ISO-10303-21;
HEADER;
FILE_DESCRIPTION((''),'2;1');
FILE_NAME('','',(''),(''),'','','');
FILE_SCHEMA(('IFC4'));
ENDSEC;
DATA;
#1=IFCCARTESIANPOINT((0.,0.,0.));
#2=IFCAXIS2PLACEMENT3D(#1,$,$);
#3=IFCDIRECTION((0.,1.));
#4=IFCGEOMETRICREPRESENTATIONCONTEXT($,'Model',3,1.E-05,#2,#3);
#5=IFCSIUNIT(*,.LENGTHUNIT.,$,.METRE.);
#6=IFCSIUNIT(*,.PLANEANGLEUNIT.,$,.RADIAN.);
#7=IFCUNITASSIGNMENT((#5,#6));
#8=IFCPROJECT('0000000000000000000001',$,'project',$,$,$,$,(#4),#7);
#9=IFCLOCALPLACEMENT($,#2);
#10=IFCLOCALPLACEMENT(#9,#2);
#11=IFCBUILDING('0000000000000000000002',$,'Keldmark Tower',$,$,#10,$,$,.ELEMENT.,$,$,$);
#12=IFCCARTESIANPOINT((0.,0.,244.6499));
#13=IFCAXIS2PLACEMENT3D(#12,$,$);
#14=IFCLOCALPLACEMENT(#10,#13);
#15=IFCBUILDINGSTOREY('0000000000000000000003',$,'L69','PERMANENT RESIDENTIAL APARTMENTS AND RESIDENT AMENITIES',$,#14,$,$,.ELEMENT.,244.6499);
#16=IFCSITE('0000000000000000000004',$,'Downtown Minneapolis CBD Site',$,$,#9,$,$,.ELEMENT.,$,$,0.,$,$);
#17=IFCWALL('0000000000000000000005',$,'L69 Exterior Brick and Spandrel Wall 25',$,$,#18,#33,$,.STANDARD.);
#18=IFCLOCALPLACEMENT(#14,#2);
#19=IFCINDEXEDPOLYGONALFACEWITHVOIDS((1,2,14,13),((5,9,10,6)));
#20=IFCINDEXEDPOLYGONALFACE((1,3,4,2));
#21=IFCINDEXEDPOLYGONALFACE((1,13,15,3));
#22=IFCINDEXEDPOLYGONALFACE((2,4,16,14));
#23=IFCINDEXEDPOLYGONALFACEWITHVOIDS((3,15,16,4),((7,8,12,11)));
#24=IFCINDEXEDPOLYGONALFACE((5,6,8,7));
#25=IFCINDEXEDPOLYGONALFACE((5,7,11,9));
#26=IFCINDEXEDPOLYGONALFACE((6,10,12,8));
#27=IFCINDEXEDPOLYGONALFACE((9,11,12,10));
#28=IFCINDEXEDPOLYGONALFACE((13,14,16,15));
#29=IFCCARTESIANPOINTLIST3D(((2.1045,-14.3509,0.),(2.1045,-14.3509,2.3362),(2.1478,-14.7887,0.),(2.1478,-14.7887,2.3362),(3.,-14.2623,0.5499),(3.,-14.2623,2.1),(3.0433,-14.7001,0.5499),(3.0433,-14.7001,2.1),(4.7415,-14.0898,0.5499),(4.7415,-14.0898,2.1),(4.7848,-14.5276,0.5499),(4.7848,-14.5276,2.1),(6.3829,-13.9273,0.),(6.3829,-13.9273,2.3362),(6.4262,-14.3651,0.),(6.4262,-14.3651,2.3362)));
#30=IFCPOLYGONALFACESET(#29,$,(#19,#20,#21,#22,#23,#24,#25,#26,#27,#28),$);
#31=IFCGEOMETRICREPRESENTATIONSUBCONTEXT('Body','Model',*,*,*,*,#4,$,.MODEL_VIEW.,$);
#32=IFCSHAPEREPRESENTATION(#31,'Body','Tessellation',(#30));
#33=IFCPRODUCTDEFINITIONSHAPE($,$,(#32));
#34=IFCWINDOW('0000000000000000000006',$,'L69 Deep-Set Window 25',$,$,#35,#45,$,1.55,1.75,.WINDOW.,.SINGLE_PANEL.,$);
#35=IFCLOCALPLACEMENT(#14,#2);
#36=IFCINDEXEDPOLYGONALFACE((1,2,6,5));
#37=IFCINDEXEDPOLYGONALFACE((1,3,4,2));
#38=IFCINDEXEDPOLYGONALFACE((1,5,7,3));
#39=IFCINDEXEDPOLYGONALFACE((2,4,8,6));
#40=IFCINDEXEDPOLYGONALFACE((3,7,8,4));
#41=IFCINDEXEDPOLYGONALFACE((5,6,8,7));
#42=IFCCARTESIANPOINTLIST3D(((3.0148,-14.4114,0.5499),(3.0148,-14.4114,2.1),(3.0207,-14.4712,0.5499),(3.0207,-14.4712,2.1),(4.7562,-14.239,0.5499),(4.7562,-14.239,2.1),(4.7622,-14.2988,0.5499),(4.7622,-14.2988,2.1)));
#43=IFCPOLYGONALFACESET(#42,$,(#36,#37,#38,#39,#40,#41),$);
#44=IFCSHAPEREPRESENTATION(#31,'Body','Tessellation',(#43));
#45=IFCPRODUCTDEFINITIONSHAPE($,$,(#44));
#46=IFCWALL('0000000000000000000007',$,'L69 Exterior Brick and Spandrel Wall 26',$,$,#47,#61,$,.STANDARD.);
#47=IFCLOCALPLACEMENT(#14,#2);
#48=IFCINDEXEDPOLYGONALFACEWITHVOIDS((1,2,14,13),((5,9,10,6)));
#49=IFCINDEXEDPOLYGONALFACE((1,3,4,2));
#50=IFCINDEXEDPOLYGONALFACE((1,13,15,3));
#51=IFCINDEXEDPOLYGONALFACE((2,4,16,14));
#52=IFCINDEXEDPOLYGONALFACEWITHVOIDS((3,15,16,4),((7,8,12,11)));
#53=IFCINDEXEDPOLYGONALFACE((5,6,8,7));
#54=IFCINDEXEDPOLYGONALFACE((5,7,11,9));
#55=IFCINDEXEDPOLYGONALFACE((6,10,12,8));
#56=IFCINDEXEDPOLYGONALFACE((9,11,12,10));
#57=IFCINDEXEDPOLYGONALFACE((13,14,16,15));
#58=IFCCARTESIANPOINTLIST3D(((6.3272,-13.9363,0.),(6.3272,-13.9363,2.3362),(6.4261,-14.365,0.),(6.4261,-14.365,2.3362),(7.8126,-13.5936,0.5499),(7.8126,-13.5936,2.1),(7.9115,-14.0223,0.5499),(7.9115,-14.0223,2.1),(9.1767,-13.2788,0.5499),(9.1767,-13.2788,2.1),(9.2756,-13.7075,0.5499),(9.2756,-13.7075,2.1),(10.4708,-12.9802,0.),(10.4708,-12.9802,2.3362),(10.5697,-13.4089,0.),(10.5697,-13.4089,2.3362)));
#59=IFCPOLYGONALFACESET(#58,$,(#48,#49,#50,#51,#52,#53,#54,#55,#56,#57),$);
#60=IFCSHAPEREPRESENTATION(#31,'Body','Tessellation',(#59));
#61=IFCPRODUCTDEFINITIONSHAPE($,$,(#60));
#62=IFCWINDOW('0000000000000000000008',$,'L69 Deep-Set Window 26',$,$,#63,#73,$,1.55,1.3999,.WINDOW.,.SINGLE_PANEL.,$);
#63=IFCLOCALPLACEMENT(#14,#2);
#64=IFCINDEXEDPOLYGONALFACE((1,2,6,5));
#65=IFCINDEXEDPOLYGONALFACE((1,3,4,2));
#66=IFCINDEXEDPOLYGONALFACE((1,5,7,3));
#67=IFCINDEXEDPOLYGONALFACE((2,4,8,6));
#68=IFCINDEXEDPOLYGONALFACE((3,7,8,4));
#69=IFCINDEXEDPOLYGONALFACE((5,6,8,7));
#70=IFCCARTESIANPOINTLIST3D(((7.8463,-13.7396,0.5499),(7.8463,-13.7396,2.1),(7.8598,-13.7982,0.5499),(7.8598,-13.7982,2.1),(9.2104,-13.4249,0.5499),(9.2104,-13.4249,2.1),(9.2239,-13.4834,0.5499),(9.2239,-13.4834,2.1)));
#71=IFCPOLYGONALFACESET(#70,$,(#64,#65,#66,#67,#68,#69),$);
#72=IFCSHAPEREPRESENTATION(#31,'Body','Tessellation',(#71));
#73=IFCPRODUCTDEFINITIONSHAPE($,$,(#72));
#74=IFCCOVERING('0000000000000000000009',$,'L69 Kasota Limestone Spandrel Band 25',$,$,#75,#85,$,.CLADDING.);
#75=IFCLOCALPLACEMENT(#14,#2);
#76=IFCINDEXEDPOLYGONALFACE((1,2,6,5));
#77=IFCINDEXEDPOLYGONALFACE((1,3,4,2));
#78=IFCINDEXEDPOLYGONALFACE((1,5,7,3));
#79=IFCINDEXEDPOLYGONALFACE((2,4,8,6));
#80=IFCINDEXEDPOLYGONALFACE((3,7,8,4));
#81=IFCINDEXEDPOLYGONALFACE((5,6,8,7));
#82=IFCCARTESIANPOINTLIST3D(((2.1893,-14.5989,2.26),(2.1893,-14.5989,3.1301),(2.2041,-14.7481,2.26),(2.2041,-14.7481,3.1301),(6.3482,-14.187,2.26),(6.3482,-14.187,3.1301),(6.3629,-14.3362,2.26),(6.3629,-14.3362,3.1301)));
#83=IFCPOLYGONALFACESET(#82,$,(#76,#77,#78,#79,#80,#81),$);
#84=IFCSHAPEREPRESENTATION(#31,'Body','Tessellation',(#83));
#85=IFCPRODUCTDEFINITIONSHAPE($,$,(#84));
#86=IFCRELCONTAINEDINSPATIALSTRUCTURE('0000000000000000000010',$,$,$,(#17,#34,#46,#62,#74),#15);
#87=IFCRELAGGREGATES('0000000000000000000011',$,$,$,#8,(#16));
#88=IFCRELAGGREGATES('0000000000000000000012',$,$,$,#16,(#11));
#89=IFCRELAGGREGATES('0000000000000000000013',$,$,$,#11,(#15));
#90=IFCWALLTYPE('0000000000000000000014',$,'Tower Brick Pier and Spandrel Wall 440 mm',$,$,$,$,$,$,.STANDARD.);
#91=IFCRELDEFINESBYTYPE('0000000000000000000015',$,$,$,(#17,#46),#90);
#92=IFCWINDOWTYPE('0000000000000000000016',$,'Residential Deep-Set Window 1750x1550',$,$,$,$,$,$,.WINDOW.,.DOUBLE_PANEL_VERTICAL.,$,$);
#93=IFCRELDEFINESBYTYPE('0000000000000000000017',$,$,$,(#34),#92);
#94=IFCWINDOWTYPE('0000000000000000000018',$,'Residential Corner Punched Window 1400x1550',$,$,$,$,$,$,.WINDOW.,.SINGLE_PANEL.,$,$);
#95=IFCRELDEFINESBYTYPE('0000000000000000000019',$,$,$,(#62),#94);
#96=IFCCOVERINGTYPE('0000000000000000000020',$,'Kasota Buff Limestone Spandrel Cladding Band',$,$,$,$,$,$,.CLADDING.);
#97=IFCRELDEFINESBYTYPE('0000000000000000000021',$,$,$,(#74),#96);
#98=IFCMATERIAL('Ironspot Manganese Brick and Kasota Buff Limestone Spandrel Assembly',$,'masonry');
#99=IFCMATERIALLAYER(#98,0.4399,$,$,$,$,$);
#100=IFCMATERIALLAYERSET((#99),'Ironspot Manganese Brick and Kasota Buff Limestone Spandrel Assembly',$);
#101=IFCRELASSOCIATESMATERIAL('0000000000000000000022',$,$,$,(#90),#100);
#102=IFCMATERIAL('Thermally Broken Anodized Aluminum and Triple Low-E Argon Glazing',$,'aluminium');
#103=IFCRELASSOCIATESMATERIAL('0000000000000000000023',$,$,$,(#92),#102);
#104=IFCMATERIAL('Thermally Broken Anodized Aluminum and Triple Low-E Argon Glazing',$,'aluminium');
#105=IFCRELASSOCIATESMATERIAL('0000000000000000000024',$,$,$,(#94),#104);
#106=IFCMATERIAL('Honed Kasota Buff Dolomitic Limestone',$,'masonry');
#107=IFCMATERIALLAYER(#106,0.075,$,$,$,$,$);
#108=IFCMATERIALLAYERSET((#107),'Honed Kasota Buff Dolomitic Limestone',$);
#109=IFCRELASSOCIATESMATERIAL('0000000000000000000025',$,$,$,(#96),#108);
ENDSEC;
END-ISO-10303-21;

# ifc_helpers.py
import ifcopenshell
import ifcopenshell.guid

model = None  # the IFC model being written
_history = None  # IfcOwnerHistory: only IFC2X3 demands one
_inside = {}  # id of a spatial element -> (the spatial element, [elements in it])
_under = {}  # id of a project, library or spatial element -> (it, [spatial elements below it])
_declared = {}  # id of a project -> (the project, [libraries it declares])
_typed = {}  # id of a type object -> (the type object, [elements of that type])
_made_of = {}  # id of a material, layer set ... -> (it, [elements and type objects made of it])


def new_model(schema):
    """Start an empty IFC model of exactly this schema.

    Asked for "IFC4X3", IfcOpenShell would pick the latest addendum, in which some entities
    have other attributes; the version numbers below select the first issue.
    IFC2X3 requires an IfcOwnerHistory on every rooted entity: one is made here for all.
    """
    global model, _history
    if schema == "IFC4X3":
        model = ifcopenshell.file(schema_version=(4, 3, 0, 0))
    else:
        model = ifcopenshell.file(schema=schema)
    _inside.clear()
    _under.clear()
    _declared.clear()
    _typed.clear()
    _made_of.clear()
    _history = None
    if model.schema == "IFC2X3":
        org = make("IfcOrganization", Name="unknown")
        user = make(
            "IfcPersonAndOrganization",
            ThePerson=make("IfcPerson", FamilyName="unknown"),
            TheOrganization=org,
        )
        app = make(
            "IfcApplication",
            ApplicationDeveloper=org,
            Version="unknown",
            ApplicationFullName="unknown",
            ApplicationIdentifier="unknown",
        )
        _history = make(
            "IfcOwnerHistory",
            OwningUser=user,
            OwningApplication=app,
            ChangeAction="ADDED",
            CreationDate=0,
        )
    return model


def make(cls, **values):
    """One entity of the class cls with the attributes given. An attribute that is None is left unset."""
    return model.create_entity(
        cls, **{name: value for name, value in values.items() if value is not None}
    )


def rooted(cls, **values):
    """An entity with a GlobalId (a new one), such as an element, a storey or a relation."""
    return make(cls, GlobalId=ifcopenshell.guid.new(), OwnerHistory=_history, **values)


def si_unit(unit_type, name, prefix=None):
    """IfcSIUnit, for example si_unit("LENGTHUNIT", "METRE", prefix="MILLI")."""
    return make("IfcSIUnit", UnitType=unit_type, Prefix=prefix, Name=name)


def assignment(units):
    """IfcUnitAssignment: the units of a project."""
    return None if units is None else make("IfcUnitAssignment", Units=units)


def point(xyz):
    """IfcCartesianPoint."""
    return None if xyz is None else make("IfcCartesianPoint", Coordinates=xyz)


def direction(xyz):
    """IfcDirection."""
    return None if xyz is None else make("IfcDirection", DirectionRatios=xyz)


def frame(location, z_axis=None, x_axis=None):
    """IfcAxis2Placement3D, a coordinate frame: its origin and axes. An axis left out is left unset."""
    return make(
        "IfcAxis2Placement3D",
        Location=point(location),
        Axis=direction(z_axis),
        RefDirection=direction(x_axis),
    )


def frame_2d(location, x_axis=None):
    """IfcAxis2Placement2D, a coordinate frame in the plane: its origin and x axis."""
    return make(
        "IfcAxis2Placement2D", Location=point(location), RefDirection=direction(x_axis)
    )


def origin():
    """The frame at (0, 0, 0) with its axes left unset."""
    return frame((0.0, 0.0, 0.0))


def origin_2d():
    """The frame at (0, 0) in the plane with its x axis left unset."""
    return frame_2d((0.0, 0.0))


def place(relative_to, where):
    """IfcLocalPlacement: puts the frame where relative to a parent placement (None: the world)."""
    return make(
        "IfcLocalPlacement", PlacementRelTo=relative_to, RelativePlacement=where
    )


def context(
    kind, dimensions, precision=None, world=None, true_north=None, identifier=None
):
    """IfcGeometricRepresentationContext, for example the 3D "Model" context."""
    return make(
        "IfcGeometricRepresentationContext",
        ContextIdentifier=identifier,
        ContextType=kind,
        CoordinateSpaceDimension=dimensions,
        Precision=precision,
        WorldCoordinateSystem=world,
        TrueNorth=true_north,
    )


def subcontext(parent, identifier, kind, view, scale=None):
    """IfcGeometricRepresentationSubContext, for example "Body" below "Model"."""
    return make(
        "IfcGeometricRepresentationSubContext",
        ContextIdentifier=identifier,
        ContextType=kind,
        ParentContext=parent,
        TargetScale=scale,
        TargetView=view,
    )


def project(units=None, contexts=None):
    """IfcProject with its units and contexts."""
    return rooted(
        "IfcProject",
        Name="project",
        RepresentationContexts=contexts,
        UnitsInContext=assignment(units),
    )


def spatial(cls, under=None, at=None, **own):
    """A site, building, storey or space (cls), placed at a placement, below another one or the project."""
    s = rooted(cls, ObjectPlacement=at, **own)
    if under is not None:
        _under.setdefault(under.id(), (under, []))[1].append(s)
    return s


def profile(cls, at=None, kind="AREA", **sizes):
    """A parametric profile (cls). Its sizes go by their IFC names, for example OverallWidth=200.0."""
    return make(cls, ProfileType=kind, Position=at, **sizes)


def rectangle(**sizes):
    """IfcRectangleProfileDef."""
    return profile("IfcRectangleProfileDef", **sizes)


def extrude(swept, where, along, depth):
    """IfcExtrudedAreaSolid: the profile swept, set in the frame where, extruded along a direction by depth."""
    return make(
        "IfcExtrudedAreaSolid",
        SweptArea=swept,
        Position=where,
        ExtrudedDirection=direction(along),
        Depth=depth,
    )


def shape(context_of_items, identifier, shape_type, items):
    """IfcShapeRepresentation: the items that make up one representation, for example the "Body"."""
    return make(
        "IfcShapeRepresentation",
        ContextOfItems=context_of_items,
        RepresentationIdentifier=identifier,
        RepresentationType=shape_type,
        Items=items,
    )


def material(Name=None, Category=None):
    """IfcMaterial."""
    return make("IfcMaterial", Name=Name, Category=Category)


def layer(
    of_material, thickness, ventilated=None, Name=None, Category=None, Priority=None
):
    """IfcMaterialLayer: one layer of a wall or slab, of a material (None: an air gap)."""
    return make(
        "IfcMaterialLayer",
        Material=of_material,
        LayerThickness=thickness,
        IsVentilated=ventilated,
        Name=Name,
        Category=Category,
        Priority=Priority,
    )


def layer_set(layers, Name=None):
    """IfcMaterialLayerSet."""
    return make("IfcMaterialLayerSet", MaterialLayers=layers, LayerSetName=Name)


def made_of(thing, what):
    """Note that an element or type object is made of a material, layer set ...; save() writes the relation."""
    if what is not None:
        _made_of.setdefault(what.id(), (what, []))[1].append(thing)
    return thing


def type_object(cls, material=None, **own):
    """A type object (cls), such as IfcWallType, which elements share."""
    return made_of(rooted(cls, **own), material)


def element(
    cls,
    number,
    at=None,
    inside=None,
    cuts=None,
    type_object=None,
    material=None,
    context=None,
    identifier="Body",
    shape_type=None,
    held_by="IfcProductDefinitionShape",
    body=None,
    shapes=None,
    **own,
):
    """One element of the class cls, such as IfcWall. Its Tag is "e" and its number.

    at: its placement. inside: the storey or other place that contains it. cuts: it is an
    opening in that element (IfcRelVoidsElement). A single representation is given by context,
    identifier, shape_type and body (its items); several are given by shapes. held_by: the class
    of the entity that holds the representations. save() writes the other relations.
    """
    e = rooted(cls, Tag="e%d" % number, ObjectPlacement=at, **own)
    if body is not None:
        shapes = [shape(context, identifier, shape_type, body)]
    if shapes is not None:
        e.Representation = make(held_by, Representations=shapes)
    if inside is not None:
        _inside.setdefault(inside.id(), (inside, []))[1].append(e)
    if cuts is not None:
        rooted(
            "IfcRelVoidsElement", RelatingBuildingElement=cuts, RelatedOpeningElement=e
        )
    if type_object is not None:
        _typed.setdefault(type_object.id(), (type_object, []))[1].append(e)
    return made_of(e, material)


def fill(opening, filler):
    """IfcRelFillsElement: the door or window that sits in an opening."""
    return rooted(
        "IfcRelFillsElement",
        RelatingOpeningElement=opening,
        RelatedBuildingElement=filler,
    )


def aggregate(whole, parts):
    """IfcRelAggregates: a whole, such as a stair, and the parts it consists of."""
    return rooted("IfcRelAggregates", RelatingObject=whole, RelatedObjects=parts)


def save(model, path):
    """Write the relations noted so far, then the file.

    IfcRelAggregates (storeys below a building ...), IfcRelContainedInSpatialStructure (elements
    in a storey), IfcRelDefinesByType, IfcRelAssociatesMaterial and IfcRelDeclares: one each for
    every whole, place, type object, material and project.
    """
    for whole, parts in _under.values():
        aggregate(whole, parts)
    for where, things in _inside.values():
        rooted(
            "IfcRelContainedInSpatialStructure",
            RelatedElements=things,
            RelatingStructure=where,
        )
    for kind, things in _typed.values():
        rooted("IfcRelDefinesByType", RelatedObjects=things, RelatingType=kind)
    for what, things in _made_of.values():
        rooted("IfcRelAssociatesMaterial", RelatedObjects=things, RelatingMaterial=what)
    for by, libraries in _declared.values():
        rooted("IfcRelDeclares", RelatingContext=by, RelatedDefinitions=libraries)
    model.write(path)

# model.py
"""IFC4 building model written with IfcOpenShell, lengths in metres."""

from ifc_helpers import new_model, si_unit, direction, frame, frame_2d, origin, origin_2d, place, context, subcontext, project, spatial, rectangle, extrude, material, layer, layer_set, type_object, element, fill, save


model = new_model("IFC4")

# Units and contexts
model_context = context("Model", 3, precision=1e-05, world=origin(), true_north=direction((0.0, 1.0)))
body_context = subcontext(model_context, "Body", "Model", "MODEL_VIEW")
ifc_project = project(units=[si_unit("LENGTHUNIT", "METRE"), si_unit("PLANEANGLEUNIT", "RADIAN")], contexts=[model_context])

# Site, building, storey
site_placement = place(None, origin())
site = spatial("IfcSite", under=ifc_project, at=site_placement, Name="Downtown Minneapolis CBD Site", CompositionType="ELEMENT", RefElevation=0.0)
building_placement = place(site_placement, origin())
building = spatial("IfcBuilding", under=site, at=building_placement, Name="Keldmark Tower", CompositionType="ELEMENT")
storey_placement = place(building_placement, frame((0.0, 0.0, 244.6499)))
storey = spatial("IfcBuildingStorey", under=building, at=storey_placement, Name="L69", Description="PERMANENT RESIDENTIAL APARTMENTS AND RESIDENT AMENITIES", CompositionType="ELEMENT", Elevation=244.6499)

# Walls, openings, windows
ifc_material_1 = material(Name="Ironspot Manganese Brick and Kasota Buff Limestone Spandrel Assembly", Category="masonry")
ifc_layer_1 = layer(ifc_material_1, 0.4399)
ifc_layer_set_1 = layer_set([ifc_layer_1], Name="Ironspot Manganese Brick and Kasota Buff Limestone Spandrel Assembly")
wall_type_1 = type_object("IfcWallType", Name="Tower Brick Pier and Spandrel Wall 440 mm", PredefinedType="STANDARD", material=ifc_layer_set_1)
ifc_material_2 = material(Name="Thermally Broken Anodized Aluminum and Triple Low-E Argon Glazing", Category="aluminium")
window_type_1 = type_object("IfcWindowType", Name="Residential Deep-Set Window 1750x1550", PartitioningType="DOUBLE_PANEL_VERTICAL", PredefinedType="WINDOW", material=ifc_material_2)
wall_1_placement = place(storey_placement, frame((6.4045, -14.1462, 0.0), z_axis=(0.0, 0.0, 1.0), x_axis=(-0.995135, -0.098525, 0.0)))
wall_1 = element("IfcWall", 1, at=wall_1_placement, inside=storey, type_object=wall_type_1, Name="L69 Exterior Brick and Spandrel Wall 25", PredefinedType="STANDARD", context=body_context, shape_type="SweptSolid", body=[
    extrude(rectangle(XDim=4.2993, YDim=0.4399, at=frame_2d((2.1497, 0.0))), origin(), (0.0, 0.0, 1.0), 2.3362),
])
opening_1_placement = place(wall_1_placement, frame((1.6494, 0.0, 0.55)))
opening_1 = element("IfcOpeningElement", 2, at=opening_1_placement, cuts=wall_1, PredefinedType="OPENING", context=body_context, shape_type="SweptSolid", body=[
    extrude(rectangle(XDim=1.75, YDim=1.55, at=frame_2d((0.875, 0.7749))), frame((0.0, 0.23, 0.0), z_axis=(0.0, -1.0, 0.0), x_axis=(1.0, 0.0, 0.0)), (0.0, 0.0, 1.0), 0.46),
])
window_1_placement = place(opening_1_placement, origin())
window_1 = element("IfcWindow", 3, at=window_1_placement, inside=storey, type_object=window_type_1, Name="L69 Deep-Set Window 25", OverallHeight=1.55, OverallWidth=1.75, PartitioningType="SINGLE_PANEL", PredefinedType="WINDOW", context=body_context, shape_type="SweptSolid", body=[
    extrude(rectangle(XDim=1.75, YDim=1.55, at=frame_2d((0.875, 0.7749))), frame((0.0, -0.01, 0.0), z_axis=(0.0, -1.0, 0.0), x_axis=(1.0, 0.0, 0.0)), (0.0, 0.0, 1.0), 0.0601),
])
fill(opening_1, window_1)
wall_2_placement = place(storey_placement, frame((10.5203, -13.1946, 0.0), z_axis=(0.0, 0.0, 1.0), x_axis=(-0.974399, -0.224826, 0.0)))
wall_2 = element("IfcWall", 4, at=wall_2_placement, inside=storey, type_object=wall_type_1, Name="L69 Exterior Brick and Spandrel Wall 26", PredefinedType="STANDARD", context=body_context, shape_type="SweptSolid", body=[
    extrude(rectangle(XDim=4.2524, YDim=0.4399, at=frame_2d((2.1262, 0.0))), origin(), (0.0, 0.0, 1.0), 2.3362),
])
opening_2_placement = place(wall_2_placement, frame((1.3281, 0.0, 0.55)))
opening_2 = element("IfcOpeningElement", 5, at=opening_2_placement, cuts=wall_2, PredefinedType="OPENING", context=body_context, shape_type="SweptSolid", body=[
    extrude(rectangle(XDim=1.3999, YDim=1.55, at=frame_2d((0.7, 0.7749))), frame((0.0, 0.23, 0.0), z_axis=(0.0, -1.0, 0.0), x_axis=(1.0, 0.0, 0.0)), (0.0, 0.0, 1.0), 0.46),
])
ifc_material_3 = material(Name="Thermally Broken Anodized Aluminum and Triple Low-E Argon Glazing", Category="aluminium")
window_type_2 = type_object("IfcWindowType", Name="Residential Corner Punched Window 1400x1550", PartitioningType="SINGLE_PANEL", PredefinedType="WINDOW", material=ifc_material_3)
window_2_placement = place(opening_2_placement, origin())
window_2 = element("IfcWindow", 6, at=window_2_placement, inside=storey, type_object=window_type_2, Name="L69 Deep-Set Window 26", OverallHeight=1.55, OverallWidth=1.3999, PartitioningType="SINGLE_PANEL", PredefinedType="WINDOW", context=body_context, shape_type="SweptSolid", body=[
    extrude(rectangle(XDim=1.3999, YDim=1.55, at=frame_2d((0.7, 0.7749))), frame((0.0, -0.01, 0.0), z_axis=(0.0, -1.0, 0.0), x_axis=(1.0, 0.0, 0.0)), (0.0, 0.0, 1.0), 0.0601),
])
fill(opening_2, window_2)

# Covering
ifc_material_4 = material(Name="Honed Kasota Buff Dolomitic Limestone", Category="masonry")
ifc_layer_2 = layer(ifc_material_4, 0.075)
ifc_layer_set_2 = layer_set([ifc_layer_2], Name="Honed Kasota Buff Dolomitic Limestone")
covering_type = type_object("IfcCoveringType", Name="Kasota Buff Limestone Spandrel Cladding Band", PredefinedType="CLADDING", material=ifc_layer_set_2)
covering_placement = place(storey_placement, frame((4.2761, -14.4675, 2.26), z_axis=(0.0, 0.0, 1.0), x_axis=(0.995132, 0.098556, 0.0)))
element("IfcCovering", 7, at=covering_placement, inside=storey, type_object=covering_type, Name="L69 Kasota Limestone Spandrel Band 25", PredefinedType="CLADDING", context=body_context, shape_type="SweptSolid", body=[
    extrude(rectangle(XDim=4.1792, YDim=0.1499, at=origin_2d()), origin(), (0.0, 0.0, 1.0), 0.8701),
])

save(model, "model.ifc")
